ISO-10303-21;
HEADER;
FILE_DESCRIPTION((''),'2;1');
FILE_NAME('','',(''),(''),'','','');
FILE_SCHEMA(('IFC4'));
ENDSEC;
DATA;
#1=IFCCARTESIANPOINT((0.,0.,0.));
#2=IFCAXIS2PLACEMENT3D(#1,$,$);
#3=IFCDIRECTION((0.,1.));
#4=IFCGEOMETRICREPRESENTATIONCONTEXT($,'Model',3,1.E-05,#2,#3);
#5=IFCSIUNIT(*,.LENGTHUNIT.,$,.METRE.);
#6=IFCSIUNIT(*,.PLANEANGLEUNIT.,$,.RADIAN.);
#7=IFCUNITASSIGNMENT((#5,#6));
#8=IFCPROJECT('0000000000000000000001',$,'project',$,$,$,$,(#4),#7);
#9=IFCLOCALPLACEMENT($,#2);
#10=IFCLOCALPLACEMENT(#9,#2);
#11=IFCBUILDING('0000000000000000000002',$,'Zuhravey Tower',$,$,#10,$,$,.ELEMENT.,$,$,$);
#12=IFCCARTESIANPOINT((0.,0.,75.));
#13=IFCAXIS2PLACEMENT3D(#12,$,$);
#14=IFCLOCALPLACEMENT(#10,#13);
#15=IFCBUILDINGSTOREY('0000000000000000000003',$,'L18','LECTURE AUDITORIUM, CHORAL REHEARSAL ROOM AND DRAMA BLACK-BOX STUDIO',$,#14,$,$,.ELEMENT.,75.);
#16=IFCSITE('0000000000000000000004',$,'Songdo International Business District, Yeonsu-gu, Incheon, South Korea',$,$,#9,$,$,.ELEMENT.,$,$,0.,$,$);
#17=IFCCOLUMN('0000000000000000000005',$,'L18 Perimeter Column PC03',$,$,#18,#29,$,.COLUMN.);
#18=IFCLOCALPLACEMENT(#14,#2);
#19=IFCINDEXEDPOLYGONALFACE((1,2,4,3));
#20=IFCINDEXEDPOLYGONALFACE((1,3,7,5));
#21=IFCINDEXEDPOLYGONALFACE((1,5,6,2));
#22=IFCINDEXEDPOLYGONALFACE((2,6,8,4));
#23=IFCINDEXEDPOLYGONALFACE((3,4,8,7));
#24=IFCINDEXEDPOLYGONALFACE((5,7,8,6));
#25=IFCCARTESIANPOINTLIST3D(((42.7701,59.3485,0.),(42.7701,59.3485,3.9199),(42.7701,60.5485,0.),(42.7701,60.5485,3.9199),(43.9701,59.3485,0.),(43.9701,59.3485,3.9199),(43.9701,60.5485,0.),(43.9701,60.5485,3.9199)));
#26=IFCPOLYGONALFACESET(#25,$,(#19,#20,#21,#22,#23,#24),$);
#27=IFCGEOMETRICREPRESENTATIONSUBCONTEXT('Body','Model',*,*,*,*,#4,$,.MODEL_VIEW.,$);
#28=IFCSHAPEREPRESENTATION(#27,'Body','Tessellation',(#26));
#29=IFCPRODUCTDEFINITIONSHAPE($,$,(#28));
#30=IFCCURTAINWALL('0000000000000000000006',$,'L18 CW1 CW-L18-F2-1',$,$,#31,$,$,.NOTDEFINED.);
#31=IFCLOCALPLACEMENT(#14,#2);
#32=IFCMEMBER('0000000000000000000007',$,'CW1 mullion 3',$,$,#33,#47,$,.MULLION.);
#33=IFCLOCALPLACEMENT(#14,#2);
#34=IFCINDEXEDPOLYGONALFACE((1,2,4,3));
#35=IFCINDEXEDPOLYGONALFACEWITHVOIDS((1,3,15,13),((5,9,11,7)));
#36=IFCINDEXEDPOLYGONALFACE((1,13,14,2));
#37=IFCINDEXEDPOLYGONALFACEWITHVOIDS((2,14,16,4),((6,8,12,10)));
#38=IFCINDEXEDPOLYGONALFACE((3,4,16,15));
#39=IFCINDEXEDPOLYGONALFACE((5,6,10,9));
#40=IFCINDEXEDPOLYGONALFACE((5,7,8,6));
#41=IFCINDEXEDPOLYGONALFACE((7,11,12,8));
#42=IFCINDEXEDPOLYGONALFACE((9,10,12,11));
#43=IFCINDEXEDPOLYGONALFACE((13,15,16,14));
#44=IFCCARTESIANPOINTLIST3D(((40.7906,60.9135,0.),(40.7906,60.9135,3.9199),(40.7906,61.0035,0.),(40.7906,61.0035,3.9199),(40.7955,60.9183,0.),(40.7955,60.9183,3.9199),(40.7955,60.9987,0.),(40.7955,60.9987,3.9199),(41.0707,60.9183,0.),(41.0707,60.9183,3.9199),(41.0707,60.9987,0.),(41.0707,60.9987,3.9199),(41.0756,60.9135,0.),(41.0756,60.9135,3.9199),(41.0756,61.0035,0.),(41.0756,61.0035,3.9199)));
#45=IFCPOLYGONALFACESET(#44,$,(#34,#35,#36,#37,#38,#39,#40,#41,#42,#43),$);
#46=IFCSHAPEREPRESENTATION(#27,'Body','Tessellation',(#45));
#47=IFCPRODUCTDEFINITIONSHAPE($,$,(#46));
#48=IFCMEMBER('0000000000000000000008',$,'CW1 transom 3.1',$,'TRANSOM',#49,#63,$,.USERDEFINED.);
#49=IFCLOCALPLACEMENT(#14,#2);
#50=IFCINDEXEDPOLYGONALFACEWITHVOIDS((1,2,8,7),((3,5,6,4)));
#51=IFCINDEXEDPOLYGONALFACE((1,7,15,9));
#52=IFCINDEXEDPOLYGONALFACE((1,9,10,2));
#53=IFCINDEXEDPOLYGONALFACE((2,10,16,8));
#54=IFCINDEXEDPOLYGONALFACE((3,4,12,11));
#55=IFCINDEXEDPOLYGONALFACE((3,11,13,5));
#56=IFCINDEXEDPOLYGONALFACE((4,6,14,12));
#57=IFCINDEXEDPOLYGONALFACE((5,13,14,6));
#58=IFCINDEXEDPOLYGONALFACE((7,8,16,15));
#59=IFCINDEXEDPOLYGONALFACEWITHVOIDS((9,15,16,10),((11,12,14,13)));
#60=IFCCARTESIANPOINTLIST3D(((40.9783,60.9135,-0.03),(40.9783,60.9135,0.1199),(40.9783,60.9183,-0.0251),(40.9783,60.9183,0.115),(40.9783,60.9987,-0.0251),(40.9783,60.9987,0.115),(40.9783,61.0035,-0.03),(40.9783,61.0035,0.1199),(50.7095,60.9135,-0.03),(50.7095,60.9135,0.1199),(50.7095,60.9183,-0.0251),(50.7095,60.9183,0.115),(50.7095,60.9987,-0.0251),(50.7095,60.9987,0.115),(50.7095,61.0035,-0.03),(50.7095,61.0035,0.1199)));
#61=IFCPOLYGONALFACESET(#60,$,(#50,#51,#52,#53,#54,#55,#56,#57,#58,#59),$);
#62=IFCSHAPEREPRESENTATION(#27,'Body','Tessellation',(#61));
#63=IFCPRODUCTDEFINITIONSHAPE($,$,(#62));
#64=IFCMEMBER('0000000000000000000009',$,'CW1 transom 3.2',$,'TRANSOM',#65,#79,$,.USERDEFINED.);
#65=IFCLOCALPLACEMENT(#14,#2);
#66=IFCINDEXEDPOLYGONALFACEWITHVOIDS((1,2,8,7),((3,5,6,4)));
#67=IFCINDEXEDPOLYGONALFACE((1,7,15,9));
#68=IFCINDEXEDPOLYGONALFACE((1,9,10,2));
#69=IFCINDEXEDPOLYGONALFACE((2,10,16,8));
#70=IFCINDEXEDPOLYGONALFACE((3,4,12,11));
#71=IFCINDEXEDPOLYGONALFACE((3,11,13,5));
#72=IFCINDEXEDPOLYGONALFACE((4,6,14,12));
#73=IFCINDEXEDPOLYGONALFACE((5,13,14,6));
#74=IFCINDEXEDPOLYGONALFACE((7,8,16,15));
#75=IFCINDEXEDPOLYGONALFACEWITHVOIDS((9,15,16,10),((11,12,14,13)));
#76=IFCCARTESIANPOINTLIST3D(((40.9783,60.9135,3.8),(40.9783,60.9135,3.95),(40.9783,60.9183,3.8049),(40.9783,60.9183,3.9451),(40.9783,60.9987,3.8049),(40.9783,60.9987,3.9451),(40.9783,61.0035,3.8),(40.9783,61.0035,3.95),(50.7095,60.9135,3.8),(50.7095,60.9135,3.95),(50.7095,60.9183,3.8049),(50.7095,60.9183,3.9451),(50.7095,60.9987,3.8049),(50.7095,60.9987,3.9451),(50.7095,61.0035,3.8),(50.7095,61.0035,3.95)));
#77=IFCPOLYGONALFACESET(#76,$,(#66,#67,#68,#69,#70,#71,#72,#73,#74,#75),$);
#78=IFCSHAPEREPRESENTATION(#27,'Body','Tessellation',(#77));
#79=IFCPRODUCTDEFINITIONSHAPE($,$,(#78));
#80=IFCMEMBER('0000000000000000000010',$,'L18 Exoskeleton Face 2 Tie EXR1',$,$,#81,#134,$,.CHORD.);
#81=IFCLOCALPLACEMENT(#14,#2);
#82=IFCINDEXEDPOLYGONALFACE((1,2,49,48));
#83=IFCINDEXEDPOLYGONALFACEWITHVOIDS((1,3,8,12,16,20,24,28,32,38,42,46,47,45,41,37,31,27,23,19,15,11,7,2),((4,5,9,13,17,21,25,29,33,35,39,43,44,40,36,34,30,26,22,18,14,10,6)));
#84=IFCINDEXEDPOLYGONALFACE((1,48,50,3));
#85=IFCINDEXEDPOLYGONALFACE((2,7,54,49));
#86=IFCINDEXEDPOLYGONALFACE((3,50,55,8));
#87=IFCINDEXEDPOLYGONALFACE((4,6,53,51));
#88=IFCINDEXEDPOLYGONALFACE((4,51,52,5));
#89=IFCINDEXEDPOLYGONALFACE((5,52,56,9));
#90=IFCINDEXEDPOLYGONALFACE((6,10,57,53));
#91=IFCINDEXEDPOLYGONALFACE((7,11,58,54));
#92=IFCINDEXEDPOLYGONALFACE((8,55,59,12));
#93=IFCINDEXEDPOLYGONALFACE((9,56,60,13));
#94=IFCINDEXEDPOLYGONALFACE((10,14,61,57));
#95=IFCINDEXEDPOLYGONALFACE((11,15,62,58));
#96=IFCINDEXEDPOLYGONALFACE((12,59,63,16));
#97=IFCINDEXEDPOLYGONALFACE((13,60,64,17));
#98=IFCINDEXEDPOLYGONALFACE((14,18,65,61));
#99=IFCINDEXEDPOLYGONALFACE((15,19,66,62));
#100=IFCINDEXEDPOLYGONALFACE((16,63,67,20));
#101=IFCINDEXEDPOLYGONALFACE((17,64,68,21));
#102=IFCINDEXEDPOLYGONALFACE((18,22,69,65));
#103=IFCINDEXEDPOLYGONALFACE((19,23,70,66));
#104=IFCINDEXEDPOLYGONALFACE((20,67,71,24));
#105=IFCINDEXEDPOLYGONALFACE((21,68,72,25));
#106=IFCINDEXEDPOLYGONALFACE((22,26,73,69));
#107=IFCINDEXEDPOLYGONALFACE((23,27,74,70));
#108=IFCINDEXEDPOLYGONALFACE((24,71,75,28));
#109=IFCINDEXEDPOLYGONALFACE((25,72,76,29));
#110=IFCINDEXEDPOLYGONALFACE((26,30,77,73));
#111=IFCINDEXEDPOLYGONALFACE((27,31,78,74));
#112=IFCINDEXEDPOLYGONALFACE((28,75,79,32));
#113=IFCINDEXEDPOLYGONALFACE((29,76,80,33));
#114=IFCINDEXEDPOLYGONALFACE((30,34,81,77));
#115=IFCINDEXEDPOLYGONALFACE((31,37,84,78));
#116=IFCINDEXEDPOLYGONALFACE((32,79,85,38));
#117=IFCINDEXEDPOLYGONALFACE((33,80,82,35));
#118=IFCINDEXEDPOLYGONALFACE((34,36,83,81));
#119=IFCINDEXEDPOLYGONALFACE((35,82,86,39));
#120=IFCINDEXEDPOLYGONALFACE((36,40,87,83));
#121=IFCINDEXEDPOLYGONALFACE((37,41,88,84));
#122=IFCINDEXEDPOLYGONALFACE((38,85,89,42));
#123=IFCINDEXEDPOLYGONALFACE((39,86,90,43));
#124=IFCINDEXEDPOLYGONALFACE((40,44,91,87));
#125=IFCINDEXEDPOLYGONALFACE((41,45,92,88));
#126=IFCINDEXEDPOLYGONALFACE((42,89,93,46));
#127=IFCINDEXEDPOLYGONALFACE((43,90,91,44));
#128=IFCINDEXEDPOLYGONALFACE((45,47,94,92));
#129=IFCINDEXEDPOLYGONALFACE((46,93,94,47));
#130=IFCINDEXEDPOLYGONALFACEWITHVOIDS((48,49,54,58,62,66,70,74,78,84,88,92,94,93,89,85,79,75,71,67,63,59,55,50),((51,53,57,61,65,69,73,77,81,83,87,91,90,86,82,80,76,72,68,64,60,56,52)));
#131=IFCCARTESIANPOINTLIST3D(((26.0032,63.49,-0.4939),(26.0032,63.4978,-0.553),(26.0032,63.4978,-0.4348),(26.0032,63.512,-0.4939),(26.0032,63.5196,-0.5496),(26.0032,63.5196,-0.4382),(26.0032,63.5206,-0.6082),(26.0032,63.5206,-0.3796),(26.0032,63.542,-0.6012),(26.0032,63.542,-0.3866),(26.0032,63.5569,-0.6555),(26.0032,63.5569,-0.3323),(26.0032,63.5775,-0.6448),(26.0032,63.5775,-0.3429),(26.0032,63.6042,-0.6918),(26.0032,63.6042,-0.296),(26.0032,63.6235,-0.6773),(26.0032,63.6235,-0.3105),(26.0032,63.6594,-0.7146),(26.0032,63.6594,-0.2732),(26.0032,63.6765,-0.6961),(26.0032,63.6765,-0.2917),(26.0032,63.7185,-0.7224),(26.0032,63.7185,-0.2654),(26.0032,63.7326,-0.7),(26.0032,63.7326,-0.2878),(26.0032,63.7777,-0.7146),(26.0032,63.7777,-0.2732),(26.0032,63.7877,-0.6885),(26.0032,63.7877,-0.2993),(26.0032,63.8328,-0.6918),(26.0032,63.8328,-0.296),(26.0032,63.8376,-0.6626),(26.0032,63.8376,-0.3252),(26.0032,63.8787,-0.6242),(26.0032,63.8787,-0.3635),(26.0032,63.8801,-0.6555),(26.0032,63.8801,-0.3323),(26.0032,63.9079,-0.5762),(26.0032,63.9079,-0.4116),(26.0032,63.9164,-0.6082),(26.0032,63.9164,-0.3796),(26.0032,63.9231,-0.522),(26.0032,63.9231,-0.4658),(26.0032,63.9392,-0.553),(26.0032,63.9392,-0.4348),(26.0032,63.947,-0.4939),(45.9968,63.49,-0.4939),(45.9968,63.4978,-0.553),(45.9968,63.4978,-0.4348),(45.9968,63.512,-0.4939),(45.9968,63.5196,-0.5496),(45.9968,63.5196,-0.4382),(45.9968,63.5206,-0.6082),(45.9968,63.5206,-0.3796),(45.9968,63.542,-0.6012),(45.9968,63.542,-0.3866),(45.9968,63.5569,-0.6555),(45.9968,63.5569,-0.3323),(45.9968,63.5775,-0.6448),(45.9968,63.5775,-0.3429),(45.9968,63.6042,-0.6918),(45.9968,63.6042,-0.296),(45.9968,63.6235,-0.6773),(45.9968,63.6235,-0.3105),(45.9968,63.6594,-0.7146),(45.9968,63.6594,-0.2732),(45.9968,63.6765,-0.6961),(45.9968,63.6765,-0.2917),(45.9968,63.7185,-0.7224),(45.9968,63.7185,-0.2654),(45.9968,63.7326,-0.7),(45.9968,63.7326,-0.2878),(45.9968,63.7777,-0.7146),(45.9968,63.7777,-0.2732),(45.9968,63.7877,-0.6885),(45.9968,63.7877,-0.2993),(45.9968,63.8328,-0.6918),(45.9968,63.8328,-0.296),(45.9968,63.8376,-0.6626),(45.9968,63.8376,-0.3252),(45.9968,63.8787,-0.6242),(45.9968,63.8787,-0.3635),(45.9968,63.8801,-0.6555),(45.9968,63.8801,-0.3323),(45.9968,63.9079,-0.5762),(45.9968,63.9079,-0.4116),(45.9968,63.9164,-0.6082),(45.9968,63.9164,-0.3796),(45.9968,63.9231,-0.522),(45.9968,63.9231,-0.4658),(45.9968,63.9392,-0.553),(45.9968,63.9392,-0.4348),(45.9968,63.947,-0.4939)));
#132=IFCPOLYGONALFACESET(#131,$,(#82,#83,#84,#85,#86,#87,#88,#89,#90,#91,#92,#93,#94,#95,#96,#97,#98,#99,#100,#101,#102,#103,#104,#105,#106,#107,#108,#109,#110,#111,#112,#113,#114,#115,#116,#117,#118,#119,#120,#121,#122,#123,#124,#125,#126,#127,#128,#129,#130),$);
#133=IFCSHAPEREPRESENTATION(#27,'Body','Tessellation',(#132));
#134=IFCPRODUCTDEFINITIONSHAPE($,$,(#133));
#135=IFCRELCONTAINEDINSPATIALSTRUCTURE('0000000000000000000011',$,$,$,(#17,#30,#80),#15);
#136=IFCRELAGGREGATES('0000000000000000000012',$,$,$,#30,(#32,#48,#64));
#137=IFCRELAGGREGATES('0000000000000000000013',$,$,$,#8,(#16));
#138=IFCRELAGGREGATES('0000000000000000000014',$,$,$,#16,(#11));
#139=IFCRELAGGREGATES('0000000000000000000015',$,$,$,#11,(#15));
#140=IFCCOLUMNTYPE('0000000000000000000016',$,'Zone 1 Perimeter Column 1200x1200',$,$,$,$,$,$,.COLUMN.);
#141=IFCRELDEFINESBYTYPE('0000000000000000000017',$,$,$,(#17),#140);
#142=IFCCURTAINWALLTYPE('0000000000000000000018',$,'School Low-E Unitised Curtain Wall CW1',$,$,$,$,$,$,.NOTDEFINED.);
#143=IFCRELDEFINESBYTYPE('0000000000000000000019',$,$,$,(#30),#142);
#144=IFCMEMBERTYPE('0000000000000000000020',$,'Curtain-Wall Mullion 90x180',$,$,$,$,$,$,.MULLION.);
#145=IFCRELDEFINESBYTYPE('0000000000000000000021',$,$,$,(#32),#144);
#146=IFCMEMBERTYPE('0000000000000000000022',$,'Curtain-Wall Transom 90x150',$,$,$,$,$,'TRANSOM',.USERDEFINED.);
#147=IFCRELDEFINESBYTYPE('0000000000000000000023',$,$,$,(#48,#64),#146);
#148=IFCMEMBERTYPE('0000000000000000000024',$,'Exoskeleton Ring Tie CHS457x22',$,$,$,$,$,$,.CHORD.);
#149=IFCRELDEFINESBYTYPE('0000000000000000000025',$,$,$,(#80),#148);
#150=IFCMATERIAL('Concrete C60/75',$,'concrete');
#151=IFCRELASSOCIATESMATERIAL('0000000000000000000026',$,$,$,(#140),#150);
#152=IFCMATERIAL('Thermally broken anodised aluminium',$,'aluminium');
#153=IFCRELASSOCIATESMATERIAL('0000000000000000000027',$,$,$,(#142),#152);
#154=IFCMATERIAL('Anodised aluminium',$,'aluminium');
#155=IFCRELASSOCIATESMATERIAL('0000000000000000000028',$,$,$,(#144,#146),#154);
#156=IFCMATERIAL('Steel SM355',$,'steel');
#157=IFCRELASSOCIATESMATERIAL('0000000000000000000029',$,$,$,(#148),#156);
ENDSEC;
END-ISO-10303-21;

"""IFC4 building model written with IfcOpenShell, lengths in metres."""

from ifc_helpers import new_model, si_unit, direction, frame, origin, origin_2d, place, context, subcontext, project, spatial, rectangle, hollow_rectangle, hollow_circle, extrude, material, material_profile, profile_set, type_object, element, aggregate, save


model = new_model("IFC4")

# Units and contexts
model_context = context("Model", 3, precision=1e-05, world=origin(), true_north=direction((0.0, 1.0)))
body_context = subcontext(model_context, "Body", "Model", "MODEL_VIEW")
ifc_project = project(units=[si_unit("LENGTHUNIT", "METRE"), si_unit("PLANEANGLEUNIT", "RADIAN")], contexts=[model_context])

# Site, building, storey
site_placement = place(None, origin())
site = spatial("IfcSite", under=ifc_project, at=site_placement, Name="Songdo International Business District, Yeonsu-gu, Incheon, South Korea", CompositionType="ELEMENT", RefElevation=0.0)
building_placement = place(site_placement, origin())
building = spatial("IfcBuilding", under=site, at=building_placement, Name="Zuhravey Tower", CompositionType="ELEMENT")
storey_placement = place(building_placement, frame((0.0, 0.0, 75.0)))
storey = spatial("IfcBuildingStorey", under=building, at=storey_placement, Name="L18", Description="LECTURE AUDITORIUM, CHORAL REHEARSAL ROOM AND DRAMA BLACK-BOX STUDIO", CompositionType="ELEMENT", Elevation=75.0)

# Column
ifc_material_1 = material(Name="Concrete C60/75", Category="concrete")
ifc_material_profile_1 = material_profile(ifc_material_1, rectangle(XDim=1.2, YDim=1.2, at=origin_2d()), Name="RC-1200x1200")
ifc_profile_set_1 = profile_set([ifc_material_profile_1], Name="Concrete C60/75")
column_type = type_object("IfcColumnType", Name="Zone 1 Perimeter Column 1200x1200", PredefinedType="COLUMN", material=ifc_profile_set_1)
column_placement = place(storey_placement, frame((43.3701, 59.9485, 0.0), z_axis=(0.0, 0.0, 1.0), x_axis=(-1.0, 0.0, 0.0)))
element("IfcColumn", 1, at=column_placement, inside=storey, type_object=column_type, Name="L18 Perimeter Column PC03", PredefinedType="COLUMN", context=body_context, shape_type="SweptSolid", body=[
    extrude(rectangle(XDim=1.2, YDim=1.2, at=origin_2d()), origin(), (0.0, 0.0, 1.0), 3.9199),
])

# Curtain wall, members
ifc_material_2 = material(Name="Thermally broken anodised aluminium", Category="aluminium")
curtain_wall_type = type_object("IfcCurtainWallType", Name="School Low-E Unitised Curtain Wall CW1", PredefinedType="NOTDEFINED", material=ifc_material_2)
curtain_wall_placement = place(storey_placement, origin())
curtain_wall = element("IfcCurtainWall", 2, at=curtain_wall_placement, inside=storey, type_object=curtain_wall_type, Name="L18 CW1 CW-L18-F2-1", PredefinedType="NOTDEFINED")
ifc_material_3 = material(Name="Anodised aluminium", Category="aluminium")
ifc_material_profile_2 = material_profile(ifc_material_3, hollow_rectangle(XDim=0.0901, YDim=0.2849, WallThickness=0.0049, at=origin_2d()), Name="ALU-RHS-90x285x5")
ifc_profile_set_2 = profile_set([ifc_material_profile_2], Name="Anodised aluminium")
member_type_1 = type_object("IfcMemberType", Name="Curtain-Wall Mullion 90x180", PredefinedType="MULLION", material=ifc_profile_set_2)
member_1_placement = place(storey_placement, frame((40.9331, 60.9585, 0.0), z_axis=(0.0, 0.0, 1.0), x_axis=(0.0, 1.0, 0.0)))
member_1 = element("IfcMember", 3, at=member_1_placement, type_object=member_type_1, Name="CW1 mullion 3", PredefinedType="MULLION", context=body_context, shape_type="SweptSolid", body=[
    extrude(hollow_rectangle(XDim=0.0901, YDim=0.2849, WallThickness=0.0049, at=origin_2d()), origin(), (0.0, 0.0, 1.0), 3.9199),
])
ifc_material_profile_3 = material_profile(ifc_material_3, hollow_rectangle(XDim=0.0901, YDim=0.1499, WallThickness=0.0049, at=origin_2d()), Name="ALU-RHS-90x150x5")
ifc_profile_set_3 = profile_set([ifc_material_profile_3], Name="Anodised aluminium")
member_type_2 = type_object("IfcMemberType", Name="Curtain-Wall Transom 90x150", ElementType="TRANSOM", PredefinedType="USERDEFINED", material=ifc_profile_set_3)
member_2_placement = place(storey_placement, frame((40.9783, 60.9585, 0.0449), z_axis=(1.0, 0.0, 0.0), x_axis=(0.0, 1.0, 0.0)))
member_2 = element("IfcMember", 4, at=member_2_placement, type_object=member_type_2, Name="CW1 transom 3.1", ObjectType="TRANSOM", PredefinedType="USERDEFINED", context=body_context, shape_type="SweptSolid", body=[
    extrude(hollow_rectangle(XDim=0.0901, YDim=0.1499, WallThickness=0.0049, at=origin_2d()), origin(), (0.0, 0.0, 1.0), 9.7312),
])
member_3_placement = place(storey_placement, frame((40.9783, 60.9585, 3.875), z_axis=(1.0, 0.0, 0.0), x_axis=(0.0, 1.0, 0.0)))
member_3 = element("IfcMember", 5, at=member_3_placement, type_object=member_type_2, Name="CW1 transom 3.2", ObjectType="TRANSOM", PredefinedType="USERDEFINED", context=body_context, shape_type="SweptSolid", body=[
    extrude(hollow_rectangle(XDim=0.0901, YDim=0.1499, WallThickness=0.0049, at=origin_2d()), origin(), (0.0, 0.0, 1.0), 9.7312),
])

# Member
ifc_material_4 = material(Name="Steel SM355", Category="steel")
ifc_material_profile_4 = material_profile(ifc_material_4, hollow_circle(Radius=0.2285, WallThickness=0.022, at=origin_2d()), Name="CHS-457.2x22")
ifc_profile_set_4 = profile_set([ifc_material_profile_4], Name="Steel SM355")
member_type_3 = type_object("IfcMemberType", Name="Exoskeleton Ring Tie CHS457x22", PredefinedType="CHORD", material=ifc_profile_set_4)
member_4_placement = place(storey_placement, frame((45.9968, 63.7185, -0.4939), z_axis=(-1.0, 0.0, 0.0), x_axis=(0.0, -1.0, 0.0)))
element("IfcMember", 6, at=member_4_placement, inside=storey, type_object=member_type_3, Name="L18 Exoskeleton Face 2 Tie EXR1", PredefinedType="CHORD", context=body_context, shape_type="SweptSolid", body=[
    extrude(hollow_circle(Radius=0.2285, WallThickness=0.022, at=origin_2d()), origin(), (0.0, 0.0, 1.0), 19.9937),
])

aggregate(curtain_wall, [member_1, member_2, member_3])

save(model, "model.ifc")
